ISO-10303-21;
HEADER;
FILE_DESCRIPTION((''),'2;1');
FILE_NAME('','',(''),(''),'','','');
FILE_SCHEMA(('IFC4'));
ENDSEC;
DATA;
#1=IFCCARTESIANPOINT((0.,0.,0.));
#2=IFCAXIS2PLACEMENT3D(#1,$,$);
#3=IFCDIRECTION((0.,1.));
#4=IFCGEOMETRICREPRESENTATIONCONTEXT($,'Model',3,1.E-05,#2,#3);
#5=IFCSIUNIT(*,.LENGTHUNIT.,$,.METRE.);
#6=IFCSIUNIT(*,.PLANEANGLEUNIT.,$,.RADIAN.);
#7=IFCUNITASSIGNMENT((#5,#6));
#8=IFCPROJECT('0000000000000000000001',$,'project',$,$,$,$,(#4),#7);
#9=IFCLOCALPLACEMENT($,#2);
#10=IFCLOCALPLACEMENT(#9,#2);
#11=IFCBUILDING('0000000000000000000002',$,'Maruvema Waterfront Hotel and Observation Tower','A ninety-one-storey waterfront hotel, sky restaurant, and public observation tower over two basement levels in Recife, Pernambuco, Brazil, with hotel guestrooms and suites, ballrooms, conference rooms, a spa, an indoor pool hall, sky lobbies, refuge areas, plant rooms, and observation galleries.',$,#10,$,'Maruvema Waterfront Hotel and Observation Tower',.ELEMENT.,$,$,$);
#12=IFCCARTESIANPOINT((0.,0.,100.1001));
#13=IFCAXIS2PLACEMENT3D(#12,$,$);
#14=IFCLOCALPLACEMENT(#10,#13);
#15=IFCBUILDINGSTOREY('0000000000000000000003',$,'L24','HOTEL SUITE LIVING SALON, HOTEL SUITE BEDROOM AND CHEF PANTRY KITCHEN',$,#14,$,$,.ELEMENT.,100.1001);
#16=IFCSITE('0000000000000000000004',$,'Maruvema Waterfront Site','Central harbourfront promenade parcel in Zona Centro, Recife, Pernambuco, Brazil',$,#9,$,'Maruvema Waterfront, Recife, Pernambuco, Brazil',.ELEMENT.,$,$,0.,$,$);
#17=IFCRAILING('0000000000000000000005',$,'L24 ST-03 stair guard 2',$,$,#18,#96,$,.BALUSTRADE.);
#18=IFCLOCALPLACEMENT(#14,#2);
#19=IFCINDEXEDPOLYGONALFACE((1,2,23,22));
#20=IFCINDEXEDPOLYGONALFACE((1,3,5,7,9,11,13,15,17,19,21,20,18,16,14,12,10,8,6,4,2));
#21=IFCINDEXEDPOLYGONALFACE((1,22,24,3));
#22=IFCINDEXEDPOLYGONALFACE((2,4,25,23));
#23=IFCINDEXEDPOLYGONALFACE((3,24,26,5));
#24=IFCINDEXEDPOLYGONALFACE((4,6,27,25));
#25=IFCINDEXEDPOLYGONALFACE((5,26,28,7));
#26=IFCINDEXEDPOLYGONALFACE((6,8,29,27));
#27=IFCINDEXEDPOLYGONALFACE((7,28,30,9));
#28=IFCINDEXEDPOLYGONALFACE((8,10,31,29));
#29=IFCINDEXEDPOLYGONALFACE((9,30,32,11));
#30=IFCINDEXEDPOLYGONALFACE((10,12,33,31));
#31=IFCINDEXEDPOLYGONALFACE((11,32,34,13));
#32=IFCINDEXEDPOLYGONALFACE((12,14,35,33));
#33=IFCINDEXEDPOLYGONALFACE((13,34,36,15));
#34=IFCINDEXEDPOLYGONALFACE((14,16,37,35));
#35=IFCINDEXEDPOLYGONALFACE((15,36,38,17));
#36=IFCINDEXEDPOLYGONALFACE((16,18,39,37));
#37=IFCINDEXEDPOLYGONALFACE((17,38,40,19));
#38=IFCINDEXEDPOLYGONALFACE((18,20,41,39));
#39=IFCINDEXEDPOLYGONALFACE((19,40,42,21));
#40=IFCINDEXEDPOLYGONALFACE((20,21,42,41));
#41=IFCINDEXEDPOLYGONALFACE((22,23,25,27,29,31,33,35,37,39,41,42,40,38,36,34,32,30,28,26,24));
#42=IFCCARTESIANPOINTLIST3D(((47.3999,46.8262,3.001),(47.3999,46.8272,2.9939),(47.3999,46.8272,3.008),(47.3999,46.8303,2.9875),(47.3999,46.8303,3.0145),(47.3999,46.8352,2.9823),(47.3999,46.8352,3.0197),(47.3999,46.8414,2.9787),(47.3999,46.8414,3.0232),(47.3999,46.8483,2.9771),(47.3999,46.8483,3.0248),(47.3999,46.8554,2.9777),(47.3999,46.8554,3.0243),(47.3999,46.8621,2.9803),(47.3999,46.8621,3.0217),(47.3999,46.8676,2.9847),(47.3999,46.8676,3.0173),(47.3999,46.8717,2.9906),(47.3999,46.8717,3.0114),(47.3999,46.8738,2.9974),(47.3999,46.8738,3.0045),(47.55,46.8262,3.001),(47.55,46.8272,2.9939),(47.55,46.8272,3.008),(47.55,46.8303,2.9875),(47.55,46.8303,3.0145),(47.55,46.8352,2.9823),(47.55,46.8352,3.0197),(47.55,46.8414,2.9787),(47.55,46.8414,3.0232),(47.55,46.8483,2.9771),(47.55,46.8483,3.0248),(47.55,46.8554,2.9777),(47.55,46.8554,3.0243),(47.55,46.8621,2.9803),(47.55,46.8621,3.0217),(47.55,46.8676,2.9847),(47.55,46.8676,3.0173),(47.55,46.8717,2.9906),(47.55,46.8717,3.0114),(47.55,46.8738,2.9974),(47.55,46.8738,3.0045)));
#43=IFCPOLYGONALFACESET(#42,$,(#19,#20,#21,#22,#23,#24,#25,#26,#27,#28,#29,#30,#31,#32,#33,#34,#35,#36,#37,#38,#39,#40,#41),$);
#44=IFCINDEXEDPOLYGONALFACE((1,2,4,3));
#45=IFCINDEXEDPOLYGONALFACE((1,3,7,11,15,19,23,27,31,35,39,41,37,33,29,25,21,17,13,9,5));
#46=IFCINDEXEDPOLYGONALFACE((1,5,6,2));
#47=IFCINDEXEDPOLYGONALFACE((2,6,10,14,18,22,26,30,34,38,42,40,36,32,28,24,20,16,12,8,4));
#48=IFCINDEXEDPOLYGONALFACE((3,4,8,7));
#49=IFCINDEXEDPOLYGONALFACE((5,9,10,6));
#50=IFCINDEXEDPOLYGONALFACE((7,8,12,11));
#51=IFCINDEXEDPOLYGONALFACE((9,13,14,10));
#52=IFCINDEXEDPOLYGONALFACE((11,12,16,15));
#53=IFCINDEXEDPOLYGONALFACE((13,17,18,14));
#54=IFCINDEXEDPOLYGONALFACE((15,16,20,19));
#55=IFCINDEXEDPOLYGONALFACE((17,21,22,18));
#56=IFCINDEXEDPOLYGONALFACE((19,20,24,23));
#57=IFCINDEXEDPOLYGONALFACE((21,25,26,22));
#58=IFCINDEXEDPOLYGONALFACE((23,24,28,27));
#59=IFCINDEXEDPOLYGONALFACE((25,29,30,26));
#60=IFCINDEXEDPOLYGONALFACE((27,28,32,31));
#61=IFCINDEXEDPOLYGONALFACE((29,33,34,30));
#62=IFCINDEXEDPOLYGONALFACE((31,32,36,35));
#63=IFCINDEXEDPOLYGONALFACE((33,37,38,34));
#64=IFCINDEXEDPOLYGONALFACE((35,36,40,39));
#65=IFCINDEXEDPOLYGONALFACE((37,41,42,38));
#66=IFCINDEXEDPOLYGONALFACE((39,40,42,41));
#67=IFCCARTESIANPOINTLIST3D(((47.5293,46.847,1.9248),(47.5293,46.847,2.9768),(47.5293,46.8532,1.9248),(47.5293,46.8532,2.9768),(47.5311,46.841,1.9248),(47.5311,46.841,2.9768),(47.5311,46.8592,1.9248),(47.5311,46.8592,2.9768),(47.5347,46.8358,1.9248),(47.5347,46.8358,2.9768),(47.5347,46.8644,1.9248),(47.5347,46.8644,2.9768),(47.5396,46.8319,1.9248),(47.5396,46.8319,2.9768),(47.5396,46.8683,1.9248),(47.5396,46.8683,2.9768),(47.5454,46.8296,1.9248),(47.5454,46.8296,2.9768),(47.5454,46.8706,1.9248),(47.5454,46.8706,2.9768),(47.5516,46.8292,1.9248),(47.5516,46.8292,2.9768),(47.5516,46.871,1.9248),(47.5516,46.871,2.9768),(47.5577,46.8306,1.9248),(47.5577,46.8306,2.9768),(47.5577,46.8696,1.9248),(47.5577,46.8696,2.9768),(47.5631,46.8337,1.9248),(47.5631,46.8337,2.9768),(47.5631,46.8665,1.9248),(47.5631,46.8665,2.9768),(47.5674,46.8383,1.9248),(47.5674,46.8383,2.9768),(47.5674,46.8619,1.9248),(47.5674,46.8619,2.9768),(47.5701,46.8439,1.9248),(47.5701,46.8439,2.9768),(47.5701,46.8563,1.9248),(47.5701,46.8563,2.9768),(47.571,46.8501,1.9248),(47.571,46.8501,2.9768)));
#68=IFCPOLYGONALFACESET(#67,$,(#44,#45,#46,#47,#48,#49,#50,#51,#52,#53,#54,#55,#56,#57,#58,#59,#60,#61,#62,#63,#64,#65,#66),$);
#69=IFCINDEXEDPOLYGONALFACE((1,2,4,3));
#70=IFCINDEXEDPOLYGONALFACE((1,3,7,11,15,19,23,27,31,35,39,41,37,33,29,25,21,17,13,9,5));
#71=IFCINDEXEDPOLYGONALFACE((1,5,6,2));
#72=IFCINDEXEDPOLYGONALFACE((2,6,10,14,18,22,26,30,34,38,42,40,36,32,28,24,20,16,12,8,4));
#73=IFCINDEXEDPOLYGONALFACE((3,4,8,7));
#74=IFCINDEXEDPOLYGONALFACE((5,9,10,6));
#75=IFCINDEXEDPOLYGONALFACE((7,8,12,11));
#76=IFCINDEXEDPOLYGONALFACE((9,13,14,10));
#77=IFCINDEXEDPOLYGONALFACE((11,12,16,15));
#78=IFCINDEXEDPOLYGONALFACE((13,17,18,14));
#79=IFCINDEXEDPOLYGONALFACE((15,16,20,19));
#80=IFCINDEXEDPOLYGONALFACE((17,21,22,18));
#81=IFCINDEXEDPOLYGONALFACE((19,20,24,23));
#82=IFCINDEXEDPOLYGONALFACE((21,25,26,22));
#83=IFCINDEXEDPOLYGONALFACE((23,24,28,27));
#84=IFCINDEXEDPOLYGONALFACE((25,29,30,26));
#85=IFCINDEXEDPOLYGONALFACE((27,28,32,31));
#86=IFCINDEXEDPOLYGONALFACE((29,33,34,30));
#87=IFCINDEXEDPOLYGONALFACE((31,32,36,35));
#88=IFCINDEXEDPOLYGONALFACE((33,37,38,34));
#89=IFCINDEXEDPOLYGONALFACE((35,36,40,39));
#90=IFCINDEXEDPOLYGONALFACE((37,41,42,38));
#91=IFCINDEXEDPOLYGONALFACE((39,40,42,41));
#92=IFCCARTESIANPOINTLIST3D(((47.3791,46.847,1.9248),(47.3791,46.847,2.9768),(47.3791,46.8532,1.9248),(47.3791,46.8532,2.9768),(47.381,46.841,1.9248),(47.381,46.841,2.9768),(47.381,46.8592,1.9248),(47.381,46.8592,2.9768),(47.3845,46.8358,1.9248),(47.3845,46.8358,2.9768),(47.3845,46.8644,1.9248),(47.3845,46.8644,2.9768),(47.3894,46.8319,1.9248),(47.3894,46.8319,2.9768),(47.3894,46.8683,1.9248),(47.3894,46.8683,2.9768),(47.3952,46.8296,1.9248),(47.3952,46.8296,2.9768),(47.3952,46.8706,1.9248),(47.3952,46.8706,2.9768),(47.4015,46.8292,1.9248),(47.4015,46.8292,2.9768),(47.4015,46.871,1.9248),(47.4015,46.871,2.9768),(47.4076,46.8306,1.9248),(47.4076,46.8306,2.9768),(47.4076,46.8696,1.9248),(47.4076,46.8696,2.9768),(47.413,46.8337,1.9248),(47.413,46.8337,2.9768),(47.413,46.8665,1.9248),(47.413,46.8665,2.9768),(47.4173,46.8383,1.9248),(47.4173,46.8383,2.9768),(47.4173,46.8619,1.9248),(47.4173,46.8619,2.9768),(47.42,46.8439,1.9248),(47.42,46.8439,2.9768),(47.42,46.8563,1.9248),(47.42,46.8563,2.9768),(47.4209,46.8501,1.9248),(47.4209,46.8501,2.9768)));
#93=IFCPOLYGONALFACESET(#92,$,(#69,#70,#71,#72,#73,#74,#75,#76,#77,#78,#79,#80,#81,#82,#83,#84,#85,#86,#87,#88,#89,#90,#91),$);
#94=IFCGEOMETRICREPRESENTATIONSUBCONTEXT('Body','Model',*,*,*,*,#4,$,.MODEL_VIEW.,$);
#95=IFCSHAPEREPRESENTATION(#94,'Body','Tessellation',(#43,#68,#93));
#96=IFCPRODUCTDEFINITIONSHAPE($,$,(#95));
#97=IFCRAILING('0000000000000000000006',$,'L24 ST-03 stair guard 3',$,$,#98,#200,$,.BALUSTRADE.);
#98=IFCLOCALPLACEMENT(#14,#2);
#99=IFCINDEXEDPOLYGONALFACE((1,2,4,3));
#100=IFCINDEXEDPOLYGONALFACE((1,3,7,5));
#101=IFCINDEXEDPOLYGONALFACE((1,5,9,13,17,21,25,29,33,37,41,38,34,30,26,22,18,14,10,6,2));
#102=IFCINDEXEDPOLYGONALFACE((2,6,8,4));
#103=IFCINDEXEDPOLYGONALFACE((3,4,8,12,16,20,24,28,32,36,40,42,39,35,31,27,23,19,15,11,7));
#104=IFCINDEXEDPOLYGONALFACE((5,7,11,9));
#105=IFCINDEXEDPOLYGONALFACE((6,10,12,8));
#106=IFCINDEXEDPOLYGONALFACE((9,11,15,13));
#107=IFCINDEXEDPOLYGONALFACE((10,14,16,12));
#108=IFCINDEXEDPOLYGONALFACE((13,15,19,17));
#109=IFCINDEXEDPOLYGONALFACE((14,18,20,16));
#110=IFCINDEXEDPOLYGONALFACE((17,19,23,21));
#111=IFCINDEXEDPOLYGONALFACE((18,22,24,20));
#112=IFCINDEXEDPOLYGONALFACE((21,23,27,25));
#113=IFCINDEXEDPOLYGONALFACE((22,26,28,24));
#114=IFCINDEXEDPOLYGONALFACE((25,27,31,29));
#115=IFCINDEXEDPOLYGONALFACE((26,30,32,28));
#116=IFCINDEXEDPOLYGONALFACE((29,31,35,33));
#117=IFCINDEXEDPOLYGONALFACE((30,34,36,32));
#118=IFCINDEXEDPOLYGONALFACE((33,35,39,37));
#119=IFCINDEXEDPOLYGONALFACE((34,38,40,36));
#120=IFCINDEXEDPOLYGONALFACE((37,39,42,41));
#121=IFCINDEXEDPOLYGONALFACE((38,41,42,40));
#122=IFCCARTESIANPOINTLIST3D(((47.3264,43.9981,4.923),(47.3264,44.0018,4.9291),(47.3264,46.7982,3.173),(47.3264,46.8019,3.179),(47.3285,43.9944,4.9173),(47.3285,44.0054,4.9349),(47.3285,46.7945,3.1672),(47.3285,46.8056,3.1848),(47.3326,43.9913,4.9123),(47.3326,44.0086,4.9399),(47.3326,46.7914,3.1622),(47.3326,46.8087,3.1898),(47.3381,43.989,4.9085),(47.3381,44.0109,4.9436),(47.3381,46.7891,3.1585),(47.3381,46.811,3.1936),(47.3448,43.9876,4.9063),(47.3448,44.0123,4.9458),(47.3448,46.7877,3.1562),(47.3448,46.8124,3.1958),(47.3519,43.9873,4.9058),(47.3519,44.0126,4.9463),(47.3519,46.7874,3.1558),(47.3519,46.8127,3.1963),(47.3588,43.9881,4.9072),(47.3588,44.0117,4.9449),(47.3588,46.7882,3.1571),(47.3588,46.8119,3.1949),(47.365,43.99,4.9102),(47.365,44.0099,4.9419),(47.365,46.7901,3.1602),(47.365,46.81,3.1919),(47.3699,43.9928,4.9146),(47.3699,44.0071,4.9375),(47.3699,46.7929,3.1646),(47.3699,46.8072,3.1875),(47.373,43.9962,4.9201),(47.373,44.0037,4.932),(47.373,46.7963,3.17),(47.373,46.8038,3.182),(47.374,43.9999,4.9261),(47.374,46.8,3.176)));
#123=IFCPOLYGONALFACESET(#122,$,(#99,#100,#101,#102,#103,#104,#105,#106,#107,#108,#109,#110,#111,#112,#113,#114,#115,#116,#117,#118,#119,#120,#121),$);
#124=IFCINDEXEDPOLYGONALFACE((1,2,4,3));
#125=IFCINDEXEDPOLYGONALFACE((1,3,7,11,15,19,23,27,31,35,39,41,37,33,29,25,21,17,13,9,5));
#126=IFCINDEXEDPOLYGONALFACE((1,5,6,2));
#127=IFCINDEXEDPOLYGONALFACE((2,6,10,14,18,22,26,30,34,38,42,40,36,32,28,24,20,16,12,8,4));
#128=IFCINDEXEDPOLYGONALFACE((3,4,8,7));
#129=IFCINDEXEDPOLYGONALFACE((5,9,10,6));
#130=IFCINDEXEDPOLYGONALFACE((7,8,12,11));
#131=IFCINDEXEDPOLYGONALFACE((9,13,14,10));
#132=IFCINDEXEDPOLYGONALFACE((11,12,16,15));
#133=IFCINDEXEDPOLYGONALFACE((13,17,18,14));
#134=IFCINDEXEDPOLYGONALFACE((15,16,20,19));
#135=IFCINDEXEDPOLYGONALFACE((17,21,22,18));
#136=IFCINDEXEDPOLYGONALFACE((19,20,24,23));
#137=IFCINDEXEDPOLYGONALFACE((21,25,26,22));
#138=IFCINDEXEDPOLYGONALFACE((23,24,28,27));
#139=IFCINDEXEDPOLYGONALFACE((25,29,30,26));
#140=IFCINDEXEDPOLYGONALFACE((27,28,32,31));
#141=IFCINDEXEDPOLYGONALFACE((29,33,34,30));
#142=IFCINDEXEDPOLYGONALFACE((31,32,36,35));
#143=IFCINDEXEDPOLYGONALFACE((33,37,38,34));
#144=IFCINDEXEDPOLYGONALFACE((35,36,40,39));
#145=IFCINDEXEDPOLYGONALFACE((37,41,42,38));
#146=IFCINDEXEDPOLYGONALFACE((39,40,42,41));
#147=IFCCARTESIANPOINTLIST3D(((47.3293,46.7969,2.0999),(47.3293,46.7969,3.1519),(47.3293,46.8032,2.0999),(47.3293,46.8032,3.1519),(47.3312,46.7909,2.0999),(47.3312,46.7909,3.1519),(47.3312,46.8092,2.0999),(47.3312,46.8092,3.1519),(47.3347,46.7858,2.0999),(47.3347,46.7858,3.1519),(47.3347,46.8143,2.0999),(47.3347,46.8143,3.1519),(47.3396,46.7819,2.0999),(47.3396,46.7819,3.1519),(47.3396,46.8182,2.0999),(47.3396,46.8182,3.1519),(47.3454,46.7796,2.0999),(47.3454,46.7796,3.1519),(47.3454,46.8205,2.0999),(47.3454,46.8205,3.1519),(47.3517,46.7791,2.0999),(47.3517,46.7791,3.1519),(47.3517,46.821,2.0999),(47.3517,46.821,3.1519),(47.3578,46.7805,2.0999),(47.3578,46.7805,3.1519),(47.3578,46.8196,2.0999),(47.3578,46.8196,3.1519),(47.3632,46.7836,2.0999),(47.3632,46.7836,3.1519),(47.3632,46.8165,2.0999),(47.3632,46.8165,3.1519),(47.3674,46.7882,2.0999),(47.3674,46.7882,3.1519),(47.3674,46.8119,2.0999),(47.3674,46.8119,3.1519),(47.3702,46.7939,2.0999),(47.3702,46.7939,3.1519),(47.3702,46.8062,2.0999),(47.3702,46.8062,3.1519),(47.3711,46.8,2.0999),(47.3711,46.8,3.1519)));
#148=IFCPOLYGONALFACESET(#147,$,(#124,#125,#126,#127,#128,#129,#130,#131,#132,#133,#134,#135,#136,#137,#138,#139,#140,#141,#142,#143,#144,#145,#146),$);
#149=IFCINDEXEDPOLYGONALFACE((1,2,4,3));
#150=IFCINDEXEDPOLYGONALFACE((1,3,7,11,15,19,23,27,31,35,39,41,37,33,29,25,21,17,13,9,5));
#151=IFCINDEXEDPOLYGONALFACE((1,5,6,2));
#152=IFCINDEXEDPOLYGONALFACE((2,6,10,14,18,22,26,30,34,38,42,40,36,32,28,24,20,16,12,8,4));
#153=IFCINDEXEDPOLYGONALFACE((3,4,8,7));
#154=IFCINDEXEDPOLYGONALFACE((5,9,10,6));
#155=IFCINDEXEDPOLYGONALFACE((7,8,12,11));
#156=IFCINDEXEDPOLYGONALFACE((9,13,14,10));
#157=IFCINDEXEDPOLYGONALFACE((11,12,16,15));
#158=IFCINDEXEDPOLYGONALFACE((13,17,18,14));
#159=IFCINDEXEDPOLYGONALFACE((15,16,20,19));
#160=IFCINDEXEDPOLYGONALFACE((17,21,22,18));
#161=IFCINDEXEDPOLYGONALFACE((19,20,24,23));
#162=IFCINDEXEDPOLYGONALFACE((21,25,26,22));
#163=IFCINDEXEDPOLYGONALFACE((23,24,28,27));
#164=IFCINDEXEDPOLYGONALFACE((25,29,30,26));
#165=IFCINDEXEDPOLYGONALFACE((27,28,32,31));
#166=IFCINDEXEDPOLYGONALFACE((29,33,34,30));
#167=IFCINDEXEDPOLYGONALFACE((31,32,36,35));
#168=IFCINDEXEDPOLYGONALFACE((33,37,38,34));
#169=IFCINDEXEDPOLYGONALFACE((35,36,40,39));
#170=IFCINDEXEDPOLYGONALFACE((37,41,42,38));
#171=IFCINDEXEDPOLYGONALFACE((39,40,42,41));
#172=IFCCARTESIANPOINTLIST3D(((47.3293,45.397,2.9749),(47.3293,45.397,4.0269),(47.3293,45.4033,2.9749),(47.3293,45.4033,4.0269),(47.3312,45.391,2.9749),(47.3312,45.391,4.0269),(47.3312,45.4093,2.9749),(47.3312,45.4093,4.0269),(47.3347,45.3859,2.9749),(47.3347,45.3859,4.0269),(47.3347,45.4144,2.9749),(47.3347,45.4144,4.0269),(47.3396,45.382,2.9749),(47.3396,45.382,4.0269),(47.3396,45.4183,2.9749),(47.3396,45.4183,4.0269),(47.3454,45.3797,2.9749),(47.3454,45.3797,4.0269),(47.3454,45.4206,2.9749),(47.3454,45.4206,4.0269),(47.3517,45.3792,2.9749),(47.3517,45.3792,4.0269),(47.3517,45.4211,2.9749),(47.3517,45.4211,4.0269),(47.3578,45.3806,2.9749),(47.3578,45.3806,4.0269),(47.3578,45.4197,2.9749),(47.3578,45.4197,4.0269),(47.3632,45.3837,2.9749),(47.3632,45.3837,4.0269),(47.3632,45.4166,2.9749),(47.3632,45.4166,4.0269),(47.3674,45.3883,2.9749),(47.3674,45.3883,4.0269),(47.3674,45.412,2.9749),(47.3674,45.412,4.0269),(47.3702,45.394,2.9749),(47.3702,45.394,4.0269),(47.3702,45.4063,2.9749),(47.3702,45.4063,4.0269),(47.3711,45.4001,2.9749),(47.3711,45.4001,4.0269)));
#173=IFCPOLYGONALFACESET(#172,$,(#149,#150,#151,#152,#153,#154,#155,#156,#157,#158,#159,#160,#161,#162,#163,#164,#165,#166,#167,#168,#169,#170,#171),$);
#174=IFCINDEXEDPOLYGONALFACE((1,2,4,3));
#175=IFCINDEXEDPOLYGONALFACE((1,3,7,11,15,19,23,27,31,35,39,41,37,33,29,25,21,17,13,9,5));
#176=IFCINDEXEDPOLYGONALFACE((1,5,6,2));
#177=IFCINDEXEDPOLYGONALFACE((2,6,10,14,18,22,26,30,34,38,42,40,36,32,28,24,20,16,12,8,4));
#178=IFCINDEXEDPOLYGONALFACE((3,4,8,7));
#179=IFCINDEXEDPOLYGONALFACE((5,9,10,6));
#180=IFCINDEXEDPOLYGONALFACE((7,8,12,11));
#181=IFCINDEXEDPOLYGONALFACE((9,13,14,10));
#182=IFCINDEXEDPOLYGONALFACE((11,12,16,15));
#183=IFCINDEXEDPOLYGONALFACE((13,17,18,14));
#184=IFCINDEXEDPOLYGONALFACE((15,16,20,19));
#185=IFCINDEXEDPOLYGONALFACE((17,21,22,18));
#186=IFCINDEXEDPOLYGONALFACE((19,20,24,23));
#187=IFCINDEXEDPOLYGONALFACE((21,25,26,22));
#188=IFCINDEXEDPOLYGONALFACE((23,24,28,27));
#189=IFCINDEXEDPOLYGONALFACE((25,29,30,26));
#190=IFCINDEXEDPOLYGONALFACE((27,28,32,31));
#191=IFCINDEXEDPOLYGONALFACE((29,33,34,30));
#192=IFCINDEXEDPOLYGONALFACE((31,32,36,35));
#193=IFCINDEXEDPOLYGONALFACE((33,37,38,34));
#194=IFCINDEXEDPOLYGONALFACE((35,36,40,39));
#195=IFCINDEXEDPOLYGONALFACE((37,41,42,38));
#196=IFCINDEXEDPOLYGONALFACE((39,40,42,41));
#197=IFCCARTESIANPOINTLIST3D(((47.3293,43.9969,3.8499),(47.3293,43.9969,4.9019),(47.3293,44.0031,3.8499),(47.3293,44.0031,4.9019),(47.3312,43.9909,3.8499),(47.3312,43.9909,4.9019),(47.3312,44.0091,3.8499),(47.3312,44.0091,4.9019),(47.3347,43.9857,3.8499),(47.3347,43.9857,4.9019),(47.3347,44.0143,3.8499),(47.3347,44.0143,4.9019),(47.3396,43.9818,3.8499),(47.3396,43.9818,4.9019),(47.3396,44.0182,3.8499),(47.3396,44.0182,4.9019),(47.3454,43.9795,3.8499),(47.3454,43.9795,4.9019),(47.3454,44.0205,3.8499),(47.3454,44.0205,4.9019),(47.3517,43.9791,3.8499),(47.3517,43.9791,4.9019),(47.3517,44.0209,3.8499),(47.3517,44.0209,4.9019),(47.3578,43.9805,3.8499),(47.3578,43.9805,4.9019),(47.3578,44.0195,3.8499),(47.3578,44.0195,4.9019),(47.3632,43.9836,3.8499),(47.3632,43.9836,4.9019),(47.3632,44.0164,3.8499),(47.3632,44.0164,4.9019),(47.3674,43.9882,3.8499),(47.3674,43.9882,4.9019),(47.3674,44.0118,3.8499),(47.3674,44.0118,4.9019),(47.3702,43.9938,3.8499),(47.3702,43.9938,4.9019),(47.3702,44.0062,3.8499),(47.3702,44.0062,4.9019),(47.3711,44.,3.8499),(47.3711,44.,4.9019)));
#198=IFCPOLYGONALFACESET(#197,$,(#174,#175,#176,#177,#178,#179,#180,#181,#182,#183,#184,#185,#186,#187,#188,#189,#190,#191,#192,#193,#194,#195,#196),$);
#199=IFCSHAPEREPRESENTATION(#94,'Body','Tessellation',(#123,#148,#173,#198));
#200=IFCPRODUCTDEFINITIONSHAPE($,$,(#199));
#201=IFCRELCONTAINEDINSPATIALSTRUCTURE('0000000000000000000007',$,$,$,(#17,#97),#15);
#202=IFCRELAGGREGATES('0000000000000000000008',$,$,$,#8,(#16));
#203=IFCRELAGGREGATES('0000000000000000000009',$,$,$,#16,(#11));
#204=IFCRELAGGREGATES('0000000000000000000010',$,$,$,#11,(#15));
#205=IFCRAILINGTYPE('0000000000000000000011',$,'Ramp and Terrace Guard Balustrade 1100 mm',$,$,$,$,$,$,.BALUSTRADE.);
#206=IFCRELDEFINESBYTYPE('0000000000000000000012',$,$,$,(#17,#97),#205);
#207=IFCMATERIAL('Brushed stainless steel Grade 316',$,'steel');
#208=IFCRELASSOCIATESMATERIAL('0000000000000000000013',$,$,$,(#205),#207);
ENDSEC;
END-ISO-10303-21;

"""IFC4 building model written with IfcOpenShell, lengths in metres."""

from ifc_helpers import new_model, si_unit, direction, frame, origin, origin_2d, place, context, subcontext, project, spatial, circle, extrude, material, type_object, element, save


model = new_model("IFC4")

# Units and contexts
model_context = context("Model", 3, precision=1e-05, world=origin(), true_north=direction((0.0, 1.0)))
body_context = subcontext(model_context, "Body", "Model", "MODEL_VIEW")
ifc_project = project(units=[si_unit("LENGTHUNIT", "METRE"), si_unit("PLANEANGLEUNIT", "RADIAN")], contexts=[model_context])

# Site, building, storey
site_placement = place(None, origin())
site = spatial("IfcSite", under=ifc_project, at=site_placement, Name="Maruvema Waterfront Site", Description="Central harbourfront promenade parcel in Zona Centro, Recife, Pernambuco, Brazil", LongName="Maruvema Waterfront, Recife, Pernambuco, Brazil", CompositionType="ELEMENT", RefElevation=0.0)
building_placement = place(site_placement, origin())
building = spatial("IfcBuilding", under=site, at=building_placement, Name="Maruvema Waterfront Hotel and Observation Tower", Description="A ninety-one-storey waterfront hotel, sky restaurant, and public observation tower over two basement levels in Recife, Pernambuco, Brazil, with hotel guestrooms and suites, ballrooms, conference rooms, a spa, an indoor pool hall, sky lobbies, refuge areas, plant rooms, and observation galleries.", LongName="Maruvema Waterfront Hotel and Observation Tower", CompositionType="ELEMENT")
storey_placement = place(building_placement, frame((0.0, 0.0, 100.1001)))
storey = spatial("IfcBuildingStorey", under=building, at=storey_placement, Name="L24", Description="HOTEL SUITE LIVING SALON, HOTEL SUITE BEDROOM AND CHEF PANTRY KITCHEN", CompositionType="ELEMENT", Elevation=100.1001)

# Railings
ifc_material_1 = material(Name="Brushed stainless steel Grade 316", Category="steel")
railing_type_1 = type_object("IfcRailingType", Name="Ramp and Terrace Guard Balustrade 1100 mm", PredefinedType="BALUSTRADE", material=ifc_material_1)
railing_1_placement = place(storey_placement, frame((47.55, 46.8501, 1.9248)))
element("IfcRailing", 1, at=railing_1_placement, inside=storey, type_object=railing_type_1, Name="L24 ST-03 stair guard 2", PredefinedType="BALUSTRADE", context=body_context, shape_type="SweptSolid", body=[
    extrude(circle(Radius=0.0239, at=origin_2d()), frame((0.0, 0.0, 1.0762), z_axis=(-1.0, 0.0, 0.0), x_axis=(0.0, -1.0, 0.0)), (0.0, 0.0, 1.0), 0.1501),
    extrude(circle(Radius=0.021, at=origin_2d()), origin(), (0.0, 0.0, 1.0), 1.052),
    extrude(circle(Radius=0.021, at=origin_2d()), frame((-0.1501, 0.0, 0.0)), (0.0, 0.0, 1.0), 1.052),
])
railing_2_placement = place(storey_placement, frame((47.3501, 46.8, 2.0999)))
element("IfcRailing", 2, at=railing_2_placement, inside=storey, type_object=railing_type_1, Name="L24 ST-03 stair guard 3", PredefinedType="BALUSTRADE", context=body_context, shape_type="SweptSolid", body=[
    extrude(circle(Radius=0.0239, at=origin_2d()), frame((0.0, 0.0, 1.0762), z_axis=(0.0, -0.848002, 0.529992), x_axis=(1.0, 0.0, 0.0)), (0.0, 0.0, 1.0), 3.302),
    extrude(circle(Radius=0.021, at=origin_2d()), origin(), (0.0, 0.0, 1.0), 1.052),
    extrude(circle(Radius=0.021, at=origin_2d()), frame((0.0, -1.3999, 0.875)), (0.0, 0.0, 1.0), 1.052),
    extrude(circle(Radius=0.021, at=origin_2d()), frame((0.0, -2.8, 1.75)), (0.0, 0.0, 1.0), 1.052),
])

save(model, "model.ifc")
